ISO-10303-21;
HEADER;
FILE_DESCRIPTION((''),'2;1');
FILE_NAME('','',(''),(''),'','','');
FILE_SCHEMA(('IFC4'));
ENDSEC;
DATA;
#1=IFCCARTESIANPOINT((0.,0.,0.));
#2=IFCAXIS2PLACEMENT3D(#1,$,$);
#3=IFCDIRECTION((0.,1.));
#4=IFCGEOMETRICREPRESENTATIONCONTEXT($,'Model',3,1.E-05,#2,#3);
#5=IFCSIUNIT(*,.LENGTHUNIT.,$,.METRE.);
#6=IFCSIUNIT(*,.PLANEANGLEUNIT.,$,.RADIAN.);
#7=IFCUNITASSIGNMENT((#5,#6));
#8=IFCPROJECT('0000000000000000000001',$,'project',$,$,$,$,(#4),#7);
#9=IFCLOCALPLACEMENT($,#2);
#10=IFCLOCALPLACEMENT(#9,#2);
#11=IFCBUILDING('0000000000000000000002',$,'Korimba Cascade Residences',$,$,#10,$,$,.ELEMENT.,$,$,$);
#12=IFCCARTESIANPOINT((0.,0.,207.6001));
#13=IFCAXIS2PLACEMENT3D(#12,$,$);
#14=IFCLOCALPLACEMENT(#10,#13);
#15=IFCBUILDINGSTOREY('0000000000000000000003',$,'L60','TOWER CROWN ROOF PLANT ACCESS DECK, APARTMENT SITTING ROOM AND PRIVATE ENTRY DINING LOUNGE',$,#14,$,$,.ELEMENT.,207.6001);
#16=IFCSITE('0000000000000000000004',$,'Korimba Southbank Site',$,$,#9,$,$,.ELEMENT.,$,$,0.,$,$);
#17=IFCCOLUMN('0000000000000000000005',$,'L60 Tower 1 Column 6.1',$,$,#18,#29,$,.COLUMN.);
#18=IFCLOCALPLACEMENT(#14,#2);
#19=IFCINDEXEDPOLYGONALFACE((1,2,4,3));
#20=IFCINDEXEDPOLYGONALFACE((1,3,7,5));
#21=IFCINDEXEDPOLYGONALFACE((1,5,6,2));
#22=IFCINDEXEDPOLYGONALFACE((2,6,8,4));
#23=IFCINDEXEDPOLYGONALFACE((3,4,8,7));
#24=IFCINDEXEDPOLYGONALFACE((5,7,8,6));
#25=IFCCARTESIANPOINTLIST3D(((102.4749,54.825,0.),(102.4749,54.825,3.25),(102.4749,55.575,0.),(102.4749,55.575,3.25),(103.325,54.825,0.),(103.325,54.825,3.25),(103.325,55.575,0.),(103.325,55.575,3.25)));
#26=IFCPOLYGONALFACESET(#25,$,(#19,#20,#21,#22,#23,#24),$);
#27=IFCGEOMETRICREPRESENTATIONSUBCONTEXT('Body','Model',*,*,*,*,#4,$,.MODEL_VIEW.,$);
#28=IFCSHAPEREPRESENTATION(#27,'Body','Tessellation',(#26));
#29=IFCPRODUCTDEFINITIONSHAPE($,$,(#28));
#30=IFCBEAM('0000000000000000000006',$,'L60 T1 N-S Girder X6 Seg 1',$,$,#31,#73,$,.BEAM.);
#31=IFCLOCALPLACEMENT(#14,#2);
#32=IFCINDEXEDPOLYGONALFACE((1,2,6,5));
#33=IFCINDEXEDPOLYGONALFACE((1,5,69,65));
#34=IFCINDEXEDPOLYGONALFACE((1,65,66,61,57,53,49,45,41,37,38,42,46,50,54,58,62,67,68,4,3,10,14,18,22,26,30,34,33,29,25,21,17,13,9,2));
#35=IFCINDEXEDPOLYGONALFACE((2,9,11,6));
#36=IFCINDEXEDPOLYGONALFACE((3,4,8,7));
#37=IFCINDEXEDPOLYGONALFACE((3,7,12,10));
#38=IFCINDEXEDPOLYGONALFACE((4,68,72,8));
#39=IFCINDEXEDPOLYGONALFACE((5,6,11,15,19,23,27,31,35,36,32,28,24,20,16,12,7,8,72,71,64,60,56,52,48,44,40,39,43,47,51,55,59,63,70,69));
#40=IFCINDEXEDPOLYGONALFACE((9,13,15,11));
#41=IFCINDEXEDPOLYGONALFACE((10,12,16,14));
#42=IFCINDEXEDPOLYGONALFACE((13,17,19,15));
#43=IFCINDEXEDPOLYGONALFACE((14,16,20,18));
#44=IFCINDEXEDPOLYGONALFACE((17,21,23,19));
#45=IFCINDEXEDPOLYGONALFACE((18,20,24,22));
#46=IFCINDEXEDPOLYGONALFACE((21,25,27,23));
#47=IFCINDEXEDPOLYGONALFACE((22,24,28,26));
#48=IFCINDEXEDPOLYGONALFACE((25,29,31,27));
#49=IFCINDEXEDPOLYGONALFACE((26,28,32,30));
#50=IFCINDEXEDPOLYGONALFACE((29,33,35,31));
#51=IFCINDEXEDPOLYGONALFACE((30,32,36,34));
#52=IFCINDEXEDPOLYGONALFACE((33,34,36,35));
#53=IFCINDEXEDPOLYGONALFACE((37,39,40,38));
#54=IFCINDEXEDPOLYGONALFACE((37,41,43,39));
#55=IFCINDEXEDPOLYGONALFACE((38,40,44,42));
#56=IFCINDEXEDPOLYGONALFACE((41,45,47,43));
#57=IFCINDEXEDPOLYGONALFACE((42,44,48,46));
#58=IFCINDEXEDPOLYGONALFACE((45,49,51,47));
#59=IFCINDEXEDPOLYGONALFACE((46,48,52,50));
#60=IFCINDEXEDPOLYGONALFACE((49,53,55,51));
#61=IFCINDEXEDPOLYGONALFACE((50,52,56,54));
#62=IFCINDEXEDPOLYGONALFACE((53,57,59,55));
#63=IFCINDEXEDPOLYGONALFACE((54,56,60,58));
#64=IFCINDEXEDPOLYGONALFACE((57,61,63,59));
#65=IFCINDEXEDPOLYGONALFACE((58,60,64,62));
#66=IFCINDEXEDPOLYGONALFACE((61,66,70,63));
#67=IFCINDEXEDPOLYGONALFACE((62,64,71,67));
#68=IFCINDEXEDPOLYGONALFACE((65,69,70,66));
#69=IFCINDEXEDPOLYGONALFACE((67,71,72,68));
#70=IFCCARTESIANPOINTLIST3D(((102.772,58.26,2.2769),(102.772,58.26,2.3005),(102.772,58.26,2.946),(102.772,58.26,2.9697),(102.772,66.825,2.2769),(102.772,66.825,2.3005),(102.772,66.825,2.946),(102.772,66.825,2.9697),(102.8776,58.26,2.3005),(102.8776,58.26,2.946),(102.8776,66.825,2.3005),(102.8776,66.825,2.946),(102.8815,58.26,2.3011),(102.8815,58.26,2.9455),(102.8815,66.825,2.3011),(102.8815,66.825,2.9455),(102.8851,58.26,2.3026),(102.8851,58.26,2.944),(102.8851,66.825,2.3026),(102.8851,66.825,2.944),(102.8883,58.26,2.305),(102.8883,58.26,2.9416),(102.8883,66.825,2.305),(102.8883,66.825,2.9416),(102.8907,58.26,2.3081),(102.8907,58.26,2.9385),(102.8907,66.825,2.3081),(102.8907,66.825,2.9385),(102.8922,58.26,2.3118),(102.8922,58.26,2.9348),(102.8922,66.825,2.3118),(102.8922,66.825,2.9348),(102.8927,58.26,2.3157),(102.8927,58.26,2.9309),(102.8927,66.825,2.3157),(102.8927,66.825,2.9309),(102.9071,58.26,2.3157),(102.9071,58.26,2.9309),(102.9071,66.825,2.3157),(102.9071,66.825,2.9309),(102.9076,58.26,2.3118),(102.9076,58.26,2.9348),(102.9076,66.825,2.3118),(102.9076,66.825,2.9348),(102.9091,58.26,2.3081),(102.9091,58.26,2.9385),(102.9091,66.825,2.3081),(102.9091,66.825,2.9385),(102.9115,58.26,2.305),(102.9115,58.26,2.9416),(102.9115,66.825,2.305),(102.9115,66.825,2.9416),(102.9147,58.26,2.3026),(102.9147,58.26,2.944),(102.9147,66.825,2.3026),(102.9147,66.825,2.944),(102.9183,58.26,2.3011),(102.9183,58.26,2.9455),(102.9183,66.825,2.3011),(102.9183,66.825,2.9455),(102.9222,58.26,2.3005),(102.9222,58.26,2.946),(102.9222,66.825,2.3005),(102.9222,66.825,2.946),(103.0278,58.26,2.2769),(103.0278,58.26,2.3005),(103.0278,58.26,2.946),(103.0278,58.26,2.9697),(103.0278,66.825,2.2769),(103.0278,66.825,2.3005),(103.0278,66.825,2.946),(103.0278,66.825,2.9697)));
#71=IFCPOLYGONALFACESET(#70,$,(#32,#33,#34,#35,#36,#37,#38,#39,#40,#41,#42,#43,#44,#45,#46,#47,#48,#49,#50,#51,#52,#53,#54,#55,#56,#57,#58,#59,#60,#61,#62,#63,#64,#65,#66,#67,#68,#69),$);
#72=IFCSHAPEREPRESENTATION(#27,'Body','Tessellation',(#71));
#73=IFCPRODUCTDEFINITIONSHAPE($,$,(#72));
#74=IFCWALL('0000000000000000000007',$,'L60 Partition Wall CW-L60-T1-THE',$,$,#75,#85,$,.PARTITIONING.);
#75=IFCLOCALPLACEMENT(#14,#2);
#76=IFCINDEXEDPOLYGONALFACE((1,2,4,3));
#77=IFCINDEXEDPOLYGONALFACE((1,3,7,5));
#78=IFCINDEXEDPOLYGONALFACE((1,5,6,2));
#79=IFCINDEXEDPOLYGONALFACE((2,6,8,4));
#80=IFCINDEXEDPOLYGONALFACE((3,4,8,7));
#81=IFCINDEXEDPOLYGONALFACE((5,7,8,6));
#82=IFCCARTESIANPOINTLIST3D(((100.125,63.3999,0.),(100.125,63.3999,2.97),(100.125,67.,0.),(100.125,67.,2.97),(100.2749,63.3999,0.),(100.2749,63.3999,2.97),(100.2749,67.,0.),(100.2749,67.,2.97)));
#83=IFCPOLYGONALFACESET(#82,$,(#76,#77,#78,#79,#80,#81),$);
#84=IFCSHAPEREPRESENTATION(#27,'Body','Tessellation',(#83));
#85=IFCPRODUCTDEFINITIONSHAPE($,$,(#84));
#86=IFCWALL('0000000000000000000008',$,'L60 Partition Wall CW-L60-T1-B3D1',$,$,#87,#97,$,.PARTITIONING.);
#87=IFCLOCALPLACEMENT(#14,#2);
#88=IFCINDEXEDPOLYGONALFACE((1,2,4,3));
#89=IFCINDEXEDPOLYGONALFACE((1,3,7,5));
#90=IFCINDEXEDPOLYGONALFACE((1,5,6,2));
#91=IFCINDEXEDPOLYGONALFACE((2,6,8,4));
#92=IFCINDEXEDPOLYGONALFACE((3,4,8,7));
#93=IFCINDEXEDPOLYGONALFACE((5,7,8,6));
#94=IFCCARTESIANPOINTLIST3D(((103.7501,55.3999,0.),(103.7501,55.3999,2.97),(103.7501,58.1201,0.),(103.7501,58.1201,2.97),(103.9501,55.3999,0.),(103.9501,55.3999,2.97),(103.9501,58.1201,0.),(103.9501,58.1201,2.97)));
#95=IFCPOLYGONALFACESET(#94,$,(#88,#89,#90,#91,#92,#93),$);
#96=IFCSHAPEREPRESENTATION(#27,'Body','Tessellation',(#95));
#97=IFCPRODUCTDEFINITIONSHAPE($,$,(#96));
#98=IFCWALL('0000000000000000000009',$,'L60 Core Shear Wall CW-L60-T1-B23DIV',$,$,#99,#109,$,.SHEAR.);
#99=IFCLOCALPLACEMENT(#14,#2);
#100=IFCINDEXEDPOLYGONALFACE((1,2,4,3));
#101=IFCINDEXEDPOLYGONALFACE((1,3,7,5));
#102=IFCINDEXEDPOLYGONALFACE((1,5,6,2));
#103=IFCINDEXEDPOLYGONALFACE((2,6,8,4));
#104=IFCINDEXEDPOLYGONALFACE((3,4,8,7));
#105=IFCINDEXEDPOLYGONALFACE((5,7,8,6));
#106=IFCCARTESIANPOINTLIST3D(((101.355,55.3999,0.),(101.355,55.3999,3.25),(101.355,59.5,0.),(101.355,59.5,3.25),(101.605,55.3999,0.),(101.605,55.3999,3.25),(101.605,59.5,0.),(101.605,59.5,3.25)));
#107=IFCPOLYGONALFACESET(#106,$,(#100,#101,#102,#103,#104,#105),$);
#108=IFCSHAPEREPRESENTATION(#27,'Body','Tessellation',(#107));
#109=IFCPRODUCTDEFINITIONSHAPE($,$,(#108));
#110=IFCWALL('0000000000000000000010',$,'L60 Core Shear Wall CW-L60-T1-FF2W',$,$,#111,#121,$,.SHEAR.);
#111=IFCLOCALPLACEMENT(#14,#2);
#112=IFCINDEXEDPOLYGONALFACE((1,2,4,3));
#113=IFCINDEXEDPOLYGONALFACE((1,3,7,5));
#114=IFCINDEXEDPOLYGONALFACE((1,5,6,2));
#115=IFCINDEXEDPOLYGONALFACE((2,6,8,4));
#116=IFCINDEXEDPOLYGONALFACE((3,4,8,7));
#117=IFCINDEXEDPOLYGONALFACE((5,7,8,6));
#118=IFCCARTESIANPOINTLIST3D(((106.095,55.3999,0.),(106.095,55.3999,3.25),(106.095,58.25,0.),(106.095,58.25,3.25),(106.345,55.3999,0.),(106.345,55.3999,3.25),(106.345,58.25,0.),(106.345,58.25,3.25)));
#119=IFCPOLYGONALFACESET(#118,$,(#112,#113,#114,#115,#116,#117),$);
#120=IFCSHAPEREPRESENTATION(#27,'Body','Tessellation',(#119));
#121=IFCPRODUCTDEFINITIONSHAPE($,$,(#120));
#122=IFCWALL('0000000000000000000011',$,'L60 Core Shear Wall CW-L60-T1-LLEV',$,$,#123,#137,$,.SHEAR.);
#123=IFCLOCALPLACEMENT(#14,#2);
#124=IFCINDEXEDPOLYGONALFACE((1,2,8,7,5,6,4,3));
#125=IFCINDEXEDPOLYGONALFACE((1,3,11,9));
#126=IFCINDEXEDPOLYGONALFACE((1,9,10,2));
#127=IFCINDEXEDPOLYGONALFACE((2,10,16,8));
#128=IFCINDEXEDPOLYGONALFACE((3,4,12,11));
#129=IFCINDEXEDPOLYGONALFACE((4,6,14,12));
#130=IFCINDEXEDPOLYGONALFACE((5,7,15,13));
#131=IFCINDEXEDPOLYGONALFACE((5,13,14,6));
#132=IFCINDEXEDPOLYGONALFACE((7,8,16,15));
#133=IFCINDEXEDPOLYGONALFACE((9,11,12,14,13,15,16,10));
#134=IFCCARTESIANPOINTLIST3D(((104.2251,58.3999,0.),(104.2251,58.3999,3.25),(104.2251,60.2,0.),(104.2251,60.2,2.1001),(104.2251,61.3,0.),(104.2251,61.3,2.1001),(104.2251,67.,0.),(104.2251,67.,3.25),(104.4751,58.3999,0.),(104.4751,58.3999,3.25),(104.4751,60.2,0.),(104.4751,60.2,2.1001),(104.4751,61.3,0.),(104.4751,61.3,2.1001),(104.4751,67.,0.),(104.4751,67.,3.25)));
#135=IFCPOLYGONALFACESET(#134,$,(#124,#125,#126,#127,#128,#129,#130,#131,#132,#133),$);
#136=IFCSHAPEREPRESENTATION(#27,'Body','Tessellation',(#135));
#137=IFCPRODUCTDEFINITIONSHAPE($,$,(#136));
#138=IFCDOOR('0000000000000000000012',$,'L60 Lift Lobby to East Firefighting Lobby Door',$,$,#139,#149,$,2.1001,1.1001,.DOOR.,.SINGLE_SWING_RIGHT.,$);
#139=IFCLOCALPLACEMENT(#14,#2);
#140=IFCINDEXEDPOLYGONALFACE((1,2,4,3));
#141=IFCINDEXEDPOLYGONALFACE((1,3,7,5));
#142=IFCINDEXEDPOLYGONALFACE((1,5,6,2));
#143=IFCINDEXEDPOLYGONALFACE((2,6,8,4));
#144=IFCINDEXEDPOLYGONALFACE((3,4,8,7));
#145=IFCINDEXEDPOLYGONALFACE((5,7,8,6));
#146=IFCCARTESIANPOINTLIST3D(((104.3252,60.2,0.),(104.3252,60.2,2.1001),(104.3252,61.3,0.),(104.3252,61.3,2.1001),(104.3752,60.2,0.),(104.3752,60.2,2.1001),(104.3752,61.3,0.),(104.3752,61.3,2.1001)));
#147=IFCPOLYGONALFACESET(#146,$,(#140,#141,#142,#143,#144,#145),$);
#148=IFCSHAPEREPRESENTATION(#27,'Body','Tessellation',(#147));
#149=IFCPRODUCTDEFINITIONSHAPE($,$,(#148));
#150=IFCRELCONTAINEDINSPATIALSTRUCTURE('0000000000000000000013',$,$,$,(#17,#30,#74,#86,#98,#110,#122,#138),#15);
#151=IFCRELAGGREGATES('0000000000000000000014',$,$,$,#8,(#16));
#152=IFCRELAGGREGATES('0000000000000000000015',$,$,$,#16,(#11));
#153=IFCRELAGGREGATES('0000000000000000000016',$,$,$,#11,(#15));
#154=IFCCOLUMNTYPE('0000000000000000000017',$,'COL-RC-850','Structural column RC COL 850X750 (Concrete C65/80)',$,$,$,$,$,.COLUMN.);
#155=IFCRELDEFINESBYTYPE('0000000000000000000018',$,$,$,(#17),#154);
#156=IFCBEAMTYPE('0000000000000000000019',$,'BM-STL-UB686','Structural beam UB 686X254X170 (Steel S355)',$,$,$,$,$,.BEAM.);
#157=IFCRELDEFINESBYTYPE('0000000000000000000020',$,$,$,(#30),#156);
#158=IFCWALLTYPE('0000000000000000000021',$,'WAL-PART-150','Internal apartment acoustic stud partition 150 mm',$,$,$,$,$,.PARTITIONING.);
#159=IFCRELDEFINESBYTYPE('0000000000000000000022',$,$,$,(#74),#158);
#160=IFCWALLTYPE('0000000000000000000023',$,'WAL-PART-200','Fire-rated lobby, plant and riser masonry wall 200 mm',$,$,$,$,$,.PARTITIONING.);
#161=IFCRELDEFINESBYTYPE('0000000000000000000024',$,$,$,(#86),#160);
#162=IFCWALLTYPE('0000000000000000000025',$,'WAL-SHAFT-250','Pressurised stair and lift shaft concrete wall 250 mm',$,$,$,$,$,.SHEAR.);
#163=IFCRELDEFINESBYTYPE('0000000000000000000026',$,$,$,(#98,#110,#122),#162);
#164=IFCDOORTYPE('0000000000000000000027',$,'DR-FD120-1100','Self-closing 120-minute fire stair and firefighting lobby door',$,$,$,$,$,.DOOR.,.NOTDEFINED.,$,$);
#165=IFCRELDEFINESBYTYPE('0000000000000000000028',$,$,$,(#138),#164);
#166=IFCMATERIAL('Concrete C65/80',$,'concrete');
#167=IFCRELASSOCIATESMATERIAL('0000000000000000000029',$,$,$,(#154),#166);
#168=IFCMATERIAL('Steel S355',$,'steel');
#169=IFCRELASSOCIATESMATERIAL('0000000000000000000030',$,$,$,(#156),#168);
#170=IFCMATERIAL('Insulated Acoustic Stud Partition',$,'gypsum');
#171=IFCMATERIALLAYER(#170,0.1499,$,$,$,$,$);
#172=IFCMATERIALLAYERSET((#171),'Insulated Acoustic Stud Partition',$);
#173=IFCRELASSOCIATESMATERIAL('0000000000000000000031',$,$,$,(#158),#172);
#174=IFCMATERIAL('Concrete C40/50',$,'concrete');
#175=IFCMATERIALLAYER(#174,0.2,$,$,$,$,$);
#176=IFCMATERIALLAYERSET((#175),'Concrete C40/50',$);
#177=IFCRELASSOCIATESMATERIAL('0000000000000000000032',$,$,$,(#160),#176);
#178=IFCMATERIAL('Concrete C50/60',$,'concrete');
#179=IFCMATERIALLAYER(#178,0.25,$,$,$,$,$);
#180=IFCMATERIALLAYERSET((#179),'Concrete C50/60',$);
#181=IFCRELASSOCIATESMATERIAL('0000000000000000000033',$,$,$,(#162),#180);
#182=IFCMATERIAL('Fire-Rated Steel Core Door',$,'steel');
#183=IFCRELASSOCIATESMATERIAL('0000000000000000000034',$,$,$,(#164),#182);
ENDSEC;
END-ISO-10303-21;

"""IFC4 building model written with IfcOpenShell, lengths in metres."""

from ifc_helpers import new_model, si_unit, direction, frame, frame_2d, origin, origin_2d, place, context, subcontext, project, spatial, rectangle, i_section, extrude, material, layer, layer_set, material_profile, profile_set, type_object, element, fill, save


model = new_model("IFC4")

# Units and contexts
model_context = context("Model", 3, precision=1e-05, world=origin(), true_north=direction((0.0, 1.0)))
body_context = subcontext(model_context, "Body", "Model", "MODEL_VIEW")
ifc_project = project(units=[si_unit("LENGTHUNIT", "METRE"), si_unit("PLANEANGLEUNIT", "RADIAN")], contexts=[model_context])

# Site, building, storey
site_placement = place(None, origin())
site = spatial("IfcSite", under=ifc_project, at=site_placement, Name="Korimba Southbank Site", CompositionType="ELEMENT", RefElevation=0.0)
building_placement = place(site_placement, origin())
building = spatial("IfcBuilding", under=site, at=building_placement, Name="Korimba Cascade Residences", CompositionType="ELEMENT")
storey_placement = place(building_placement, frame((0.0, 0.0, 207.6001)))
storey = spatial("IfcBuildingStorey", under=building, at=storey_placement, Name="L60", Description="TOWER CROWN ROOF PLANT ACCESS DECK, APARTMENT SITTING ROOM AND PRIVATE ENTRY DINING LOUNGE", CompositionType="ELEMENT", Elevation=207.6001)

# Column
ifc_material_1 = material(Name="Concrete C65/80", Category="concrete")
ifc_material_profile_1 = material_profile(ifc_material_1, rectangle(XDim=0.8501, YDim=0.75, at=origin_2d()), Name="Concrete C65/80")
ifc_profile_set_1 = profile_set([ifc_material_profile_1], Name="Concrete C65/80")
column_type = type_object("IfcColumnType", Name="COL-RC-850", Description="Structural column RC COL 850X750 (Concrete C65/80)", PredefinedType="COLUMN", material=ifc_profile_set_1)
column_placement = place(storey_placement, frame((102.8999, 55.2, 0.0), z_axis=(0.0, 0.0, 1.0), x_axis=(1.0, 0.0, 0.0)))
element("IfcColumn", 1, at=column_placement, inside=storey, type_object=column_type, Name="L60 Tower 1 Column 6.1", PredefinedType="COLUMN", context=body_context, shape_type="SweptSolid", body=[
    extrude(rectangle(XDim=0.8501, YDim=0.75, at=origin_2d()), origin(), (0.0, 0.0, 1.0), 3.25),
])

# Beam
ifc_material_2 = material(Name="Steel S355", Category="steel")
ifc_material_profile_2 = material_profile(ifc_material_2, i_section(OverallWidth=0.2559, OverallDepth=0.6929, WebThickness=0.0144, FlangeThickness=0.0237, FilletRadius=0.0151, at=origin_2d()), Name="Steel S355")
ifc_profile_set_2 = profile_set([ifc_material_profile_2], Name="Steel S355")
beam_type = type_object("IfcBeamType", Name="BM-STL-UB686", Description="Structural beam UB 686X254X170 (Steel S355)", PredefinedType="BEAM", material=ifc_profile_set_2)
beam_placement = place(storey_placement, frame((102.8999, 58.26, 2.6233), z_axis=(0.0, 1.0, 0.0), x_axis=(-1.0, 0.0, 0.0)))
element("IfcBeam", 2, at=beam_placement, inside=storey, type_object=beam_type, Name="L60 T1 N-S Girder X6 Seg 1", PredefinedType="BEAM", context=body_context, shape_type="SweptSolid", body=[
    extrude(i_section(OverallWidth=0.2559, OverallDepth=0.6929, WebThickness=0.0144, FlangeThickness=0.0237, FilletRadius=0.0151, at=origin_2d()), origin(), (0.0, 0.0, 1.0), 8.5649),
])

# Walls
ifc_material_3 = material(Name="Insulated Acoustic Stud Partition", Category="gypsum")
ifc_layer_1 = layer(ifc_material_3, 0.1499)
ifc_layer_set_1 = layer_set([ifc_layer_1], Name="Insulated Acoustic Stud Partition")
wall_type_1 = type_object("IfcWallType", Name="WAL-PART-150", Description="Internal apartment acoustic stud partition 150 mm", PredefinedType="PARTITIONING", material=ifc_layer_set_1)
wall_1_placement = place(storey_placement, frame((100.2, 63.3999, 0.0), z_axis=(0.0, 0.0, 1.0), x_axis=(0.0, 1.0, 0.0)))
element("IfcWall", 3, at=wall_1_placement, inside=storey, type_object=wall_type_1, Name="L60 Partition Wall CW-L60-T1-THE", PredefinedType="PARTITIONING", context=body_context, shape_type="SweptSolid", body=[
    extrude(rectangle(XDim=3.6001, YDim=0.1499, at=frame_2d((1.8, 0.0))), origin(), (0.0, 0.0, 1.0), 2.97),
])
ifc_material_4 = material(Name="Concrete C40/50", Category="concrete")
ifc_layer_2 = layer(ifc_material_4, 0.2)
ifc_layer_set_2 = layer_set([ifc_layer_2], Name="Concrete C40/50")
wall_type_2 = type_object("IfcWallType", Name="WAL-PART-200", Description="Fire-rated lobby, plant and riser masonry wall 200 mm", PredefinedType="PARTITIONING", material=ifc_layer_set_2)
wall_2_placement = place(storey_placement, frame((103.8501, 55.3999, 0.0), z_axis=(0.0, 0.0, 1.0), x_axis=(0.0, 1.0, 0.0)))
element("IfcWall", 4, at=wall_2_placement, inside=storey, type_object=wall_type_2, Name="L60 Partition Wall CW-L60-T1-B3D1", PredefinedType="PARTITIONING", context=body_context, shape_type="SweptSolid", body=[
    extrude(rectangle(XDim=2.7202, YDim=0.2, at=frame_2d((1.3601, 0.0))), origin(), (0.0, 0.0, 1.0), 2.97),
])
ifc_material_5 = material(Name="Concrete C50/60", Category="concrete")
ifc_layer_3 = layer(ifc_material_5, 0.25)
ifc_layer_set_3 = layer_set([ifc_layer_3], Name="Concrete C50/60")
wall_type_3 = type_object("IfcWallType", Name="WAL-SHAFT-250", Description="Pressurised stair and lift shaft concrete wall 250 mm", PredefinedType="SHEAR", material=ifc_layer_set_3)
wall_3_placement = place(storey_placement, frame((101.48, 55.3999, 0.0), z_axis=(0.0, 0.0, 1.0), x_axis=(0.0, 1.0, 0.0)))
element("IfcWall", 5, at=wall_3_placement, inside=storey, type_object=wall_type_3, Name="L60 Core Shear Wall CW-L60-T1-B23DIV", PredefinedType="SHEAR", context=body_context, shape_type="SweptSolid", body=[
    extrude(rectangle(XDim=4.1001, YDim=0.25, at=frame_2d((2.05, 0.0))), origin(), (0.0, 0.0, 1.0), 3.25),
])

# Wall
wall_4_placement = place(storey_placement, frame((106.22, 55.3999, 0.0), z_axis=(0.0, 0.0, 1.0), x_axis=(0.0, 1.0, 0.0)))
element("IfcWall", 6, at=wall_4_placement, inside=storey, type_object=wall_type_3, Name="L60 Core Shear Wall CW-L60-T1-FF2W", PredefinedType="SHEAR", context=body_context, shape_type="SweptSolid", body=[
    extrude(rectangle(XDim=2.8501, YDim=0.25, at=frame_2d((1.425, 0.0))), origin(), (0.0, 0.0, 1.0), 3.25),
])

# Wall, opening, door
wall_5_placement = place(storey_placement, frame((104.3501, 58.3999, 0.0), z_axis=(0.0, 0.0, 1.0), x_axis=(0.0, 1.0, 0.0)))
wall_5 = element("IfcWall", 7, at=wall_5_placement, inside=storey, type_object=wall_type_3, Name="L60 Core Shear Wall CW-L60-T1-LLEV", PredefinedType="SHEAR", context=body_context, shape_type="SweptSolid", body=[
    extrude(rectangle(XDim=8.6001, YDim=0.25, at=frame_2d((4.3, 0.0))), origin(), (0.0, 0.0, 1.0), 3.25),
])
opening_1_placement = place(wall_5_placement, frame((1.8, 0.0, 0.0)))
opening_1 = element("IfcOpeningElement", 8, at=opening_1_placement, cuts=wall_5, PredefinedType="OPENING", context=body_context, shape_type="SweptSolid", body=[
    extrude(rectangle(XDim=1.1001, YDim=2.1001, at=frame_2d((0.55, 1.05))), frame((0.0, 0.135, 0.0), z_axis=(0.0, -1.0, 0.0), x_axis=(1.0, 0.0, 0.0)), (0.0, 0.0, 1.0), 0.27),
])
ifc_material_6 = material(Name="Fire-Rated Steel Core Door", Category="steel")
door_type_1 = type_object("IfcDoorType", Name="DR-FD120-1100", Description="Self-closing 120-minute fire stair and firefighting lobby door", OperationType="NOTDEFINED", PredefinedType="DOOR", material=ifc_material_6)
door_1_placement = place(opening_1_placement, origin())
door_1 = element("IfcDoor", 9, at=door_1_placement, inside=storey, type_object=door_type_1, Name="L60 Lift Lobby to East Firefighting Lobby Door", OperationType="SINGLE_SWING_RIGHT", OverallHeight=2.1001, OverallWidth=1.1001, PredefinedType="DOOR", context=body_context, shape_type="SweptSolid", body=[
    extrude(rectangle(XDim=1.1001, YDim=2.1001, at=frame_2d((0.55, 1.05))), frame((0.0, 0.0249, 0.0), z_axis=(0.0, -1.0, 0.0), x_axis=(1.0, 0.0, 0.0)), (0.0, 0.0, 1.0), 0.05),
])
fill(opening_1, door_1)

save(model, "model.ifc")
